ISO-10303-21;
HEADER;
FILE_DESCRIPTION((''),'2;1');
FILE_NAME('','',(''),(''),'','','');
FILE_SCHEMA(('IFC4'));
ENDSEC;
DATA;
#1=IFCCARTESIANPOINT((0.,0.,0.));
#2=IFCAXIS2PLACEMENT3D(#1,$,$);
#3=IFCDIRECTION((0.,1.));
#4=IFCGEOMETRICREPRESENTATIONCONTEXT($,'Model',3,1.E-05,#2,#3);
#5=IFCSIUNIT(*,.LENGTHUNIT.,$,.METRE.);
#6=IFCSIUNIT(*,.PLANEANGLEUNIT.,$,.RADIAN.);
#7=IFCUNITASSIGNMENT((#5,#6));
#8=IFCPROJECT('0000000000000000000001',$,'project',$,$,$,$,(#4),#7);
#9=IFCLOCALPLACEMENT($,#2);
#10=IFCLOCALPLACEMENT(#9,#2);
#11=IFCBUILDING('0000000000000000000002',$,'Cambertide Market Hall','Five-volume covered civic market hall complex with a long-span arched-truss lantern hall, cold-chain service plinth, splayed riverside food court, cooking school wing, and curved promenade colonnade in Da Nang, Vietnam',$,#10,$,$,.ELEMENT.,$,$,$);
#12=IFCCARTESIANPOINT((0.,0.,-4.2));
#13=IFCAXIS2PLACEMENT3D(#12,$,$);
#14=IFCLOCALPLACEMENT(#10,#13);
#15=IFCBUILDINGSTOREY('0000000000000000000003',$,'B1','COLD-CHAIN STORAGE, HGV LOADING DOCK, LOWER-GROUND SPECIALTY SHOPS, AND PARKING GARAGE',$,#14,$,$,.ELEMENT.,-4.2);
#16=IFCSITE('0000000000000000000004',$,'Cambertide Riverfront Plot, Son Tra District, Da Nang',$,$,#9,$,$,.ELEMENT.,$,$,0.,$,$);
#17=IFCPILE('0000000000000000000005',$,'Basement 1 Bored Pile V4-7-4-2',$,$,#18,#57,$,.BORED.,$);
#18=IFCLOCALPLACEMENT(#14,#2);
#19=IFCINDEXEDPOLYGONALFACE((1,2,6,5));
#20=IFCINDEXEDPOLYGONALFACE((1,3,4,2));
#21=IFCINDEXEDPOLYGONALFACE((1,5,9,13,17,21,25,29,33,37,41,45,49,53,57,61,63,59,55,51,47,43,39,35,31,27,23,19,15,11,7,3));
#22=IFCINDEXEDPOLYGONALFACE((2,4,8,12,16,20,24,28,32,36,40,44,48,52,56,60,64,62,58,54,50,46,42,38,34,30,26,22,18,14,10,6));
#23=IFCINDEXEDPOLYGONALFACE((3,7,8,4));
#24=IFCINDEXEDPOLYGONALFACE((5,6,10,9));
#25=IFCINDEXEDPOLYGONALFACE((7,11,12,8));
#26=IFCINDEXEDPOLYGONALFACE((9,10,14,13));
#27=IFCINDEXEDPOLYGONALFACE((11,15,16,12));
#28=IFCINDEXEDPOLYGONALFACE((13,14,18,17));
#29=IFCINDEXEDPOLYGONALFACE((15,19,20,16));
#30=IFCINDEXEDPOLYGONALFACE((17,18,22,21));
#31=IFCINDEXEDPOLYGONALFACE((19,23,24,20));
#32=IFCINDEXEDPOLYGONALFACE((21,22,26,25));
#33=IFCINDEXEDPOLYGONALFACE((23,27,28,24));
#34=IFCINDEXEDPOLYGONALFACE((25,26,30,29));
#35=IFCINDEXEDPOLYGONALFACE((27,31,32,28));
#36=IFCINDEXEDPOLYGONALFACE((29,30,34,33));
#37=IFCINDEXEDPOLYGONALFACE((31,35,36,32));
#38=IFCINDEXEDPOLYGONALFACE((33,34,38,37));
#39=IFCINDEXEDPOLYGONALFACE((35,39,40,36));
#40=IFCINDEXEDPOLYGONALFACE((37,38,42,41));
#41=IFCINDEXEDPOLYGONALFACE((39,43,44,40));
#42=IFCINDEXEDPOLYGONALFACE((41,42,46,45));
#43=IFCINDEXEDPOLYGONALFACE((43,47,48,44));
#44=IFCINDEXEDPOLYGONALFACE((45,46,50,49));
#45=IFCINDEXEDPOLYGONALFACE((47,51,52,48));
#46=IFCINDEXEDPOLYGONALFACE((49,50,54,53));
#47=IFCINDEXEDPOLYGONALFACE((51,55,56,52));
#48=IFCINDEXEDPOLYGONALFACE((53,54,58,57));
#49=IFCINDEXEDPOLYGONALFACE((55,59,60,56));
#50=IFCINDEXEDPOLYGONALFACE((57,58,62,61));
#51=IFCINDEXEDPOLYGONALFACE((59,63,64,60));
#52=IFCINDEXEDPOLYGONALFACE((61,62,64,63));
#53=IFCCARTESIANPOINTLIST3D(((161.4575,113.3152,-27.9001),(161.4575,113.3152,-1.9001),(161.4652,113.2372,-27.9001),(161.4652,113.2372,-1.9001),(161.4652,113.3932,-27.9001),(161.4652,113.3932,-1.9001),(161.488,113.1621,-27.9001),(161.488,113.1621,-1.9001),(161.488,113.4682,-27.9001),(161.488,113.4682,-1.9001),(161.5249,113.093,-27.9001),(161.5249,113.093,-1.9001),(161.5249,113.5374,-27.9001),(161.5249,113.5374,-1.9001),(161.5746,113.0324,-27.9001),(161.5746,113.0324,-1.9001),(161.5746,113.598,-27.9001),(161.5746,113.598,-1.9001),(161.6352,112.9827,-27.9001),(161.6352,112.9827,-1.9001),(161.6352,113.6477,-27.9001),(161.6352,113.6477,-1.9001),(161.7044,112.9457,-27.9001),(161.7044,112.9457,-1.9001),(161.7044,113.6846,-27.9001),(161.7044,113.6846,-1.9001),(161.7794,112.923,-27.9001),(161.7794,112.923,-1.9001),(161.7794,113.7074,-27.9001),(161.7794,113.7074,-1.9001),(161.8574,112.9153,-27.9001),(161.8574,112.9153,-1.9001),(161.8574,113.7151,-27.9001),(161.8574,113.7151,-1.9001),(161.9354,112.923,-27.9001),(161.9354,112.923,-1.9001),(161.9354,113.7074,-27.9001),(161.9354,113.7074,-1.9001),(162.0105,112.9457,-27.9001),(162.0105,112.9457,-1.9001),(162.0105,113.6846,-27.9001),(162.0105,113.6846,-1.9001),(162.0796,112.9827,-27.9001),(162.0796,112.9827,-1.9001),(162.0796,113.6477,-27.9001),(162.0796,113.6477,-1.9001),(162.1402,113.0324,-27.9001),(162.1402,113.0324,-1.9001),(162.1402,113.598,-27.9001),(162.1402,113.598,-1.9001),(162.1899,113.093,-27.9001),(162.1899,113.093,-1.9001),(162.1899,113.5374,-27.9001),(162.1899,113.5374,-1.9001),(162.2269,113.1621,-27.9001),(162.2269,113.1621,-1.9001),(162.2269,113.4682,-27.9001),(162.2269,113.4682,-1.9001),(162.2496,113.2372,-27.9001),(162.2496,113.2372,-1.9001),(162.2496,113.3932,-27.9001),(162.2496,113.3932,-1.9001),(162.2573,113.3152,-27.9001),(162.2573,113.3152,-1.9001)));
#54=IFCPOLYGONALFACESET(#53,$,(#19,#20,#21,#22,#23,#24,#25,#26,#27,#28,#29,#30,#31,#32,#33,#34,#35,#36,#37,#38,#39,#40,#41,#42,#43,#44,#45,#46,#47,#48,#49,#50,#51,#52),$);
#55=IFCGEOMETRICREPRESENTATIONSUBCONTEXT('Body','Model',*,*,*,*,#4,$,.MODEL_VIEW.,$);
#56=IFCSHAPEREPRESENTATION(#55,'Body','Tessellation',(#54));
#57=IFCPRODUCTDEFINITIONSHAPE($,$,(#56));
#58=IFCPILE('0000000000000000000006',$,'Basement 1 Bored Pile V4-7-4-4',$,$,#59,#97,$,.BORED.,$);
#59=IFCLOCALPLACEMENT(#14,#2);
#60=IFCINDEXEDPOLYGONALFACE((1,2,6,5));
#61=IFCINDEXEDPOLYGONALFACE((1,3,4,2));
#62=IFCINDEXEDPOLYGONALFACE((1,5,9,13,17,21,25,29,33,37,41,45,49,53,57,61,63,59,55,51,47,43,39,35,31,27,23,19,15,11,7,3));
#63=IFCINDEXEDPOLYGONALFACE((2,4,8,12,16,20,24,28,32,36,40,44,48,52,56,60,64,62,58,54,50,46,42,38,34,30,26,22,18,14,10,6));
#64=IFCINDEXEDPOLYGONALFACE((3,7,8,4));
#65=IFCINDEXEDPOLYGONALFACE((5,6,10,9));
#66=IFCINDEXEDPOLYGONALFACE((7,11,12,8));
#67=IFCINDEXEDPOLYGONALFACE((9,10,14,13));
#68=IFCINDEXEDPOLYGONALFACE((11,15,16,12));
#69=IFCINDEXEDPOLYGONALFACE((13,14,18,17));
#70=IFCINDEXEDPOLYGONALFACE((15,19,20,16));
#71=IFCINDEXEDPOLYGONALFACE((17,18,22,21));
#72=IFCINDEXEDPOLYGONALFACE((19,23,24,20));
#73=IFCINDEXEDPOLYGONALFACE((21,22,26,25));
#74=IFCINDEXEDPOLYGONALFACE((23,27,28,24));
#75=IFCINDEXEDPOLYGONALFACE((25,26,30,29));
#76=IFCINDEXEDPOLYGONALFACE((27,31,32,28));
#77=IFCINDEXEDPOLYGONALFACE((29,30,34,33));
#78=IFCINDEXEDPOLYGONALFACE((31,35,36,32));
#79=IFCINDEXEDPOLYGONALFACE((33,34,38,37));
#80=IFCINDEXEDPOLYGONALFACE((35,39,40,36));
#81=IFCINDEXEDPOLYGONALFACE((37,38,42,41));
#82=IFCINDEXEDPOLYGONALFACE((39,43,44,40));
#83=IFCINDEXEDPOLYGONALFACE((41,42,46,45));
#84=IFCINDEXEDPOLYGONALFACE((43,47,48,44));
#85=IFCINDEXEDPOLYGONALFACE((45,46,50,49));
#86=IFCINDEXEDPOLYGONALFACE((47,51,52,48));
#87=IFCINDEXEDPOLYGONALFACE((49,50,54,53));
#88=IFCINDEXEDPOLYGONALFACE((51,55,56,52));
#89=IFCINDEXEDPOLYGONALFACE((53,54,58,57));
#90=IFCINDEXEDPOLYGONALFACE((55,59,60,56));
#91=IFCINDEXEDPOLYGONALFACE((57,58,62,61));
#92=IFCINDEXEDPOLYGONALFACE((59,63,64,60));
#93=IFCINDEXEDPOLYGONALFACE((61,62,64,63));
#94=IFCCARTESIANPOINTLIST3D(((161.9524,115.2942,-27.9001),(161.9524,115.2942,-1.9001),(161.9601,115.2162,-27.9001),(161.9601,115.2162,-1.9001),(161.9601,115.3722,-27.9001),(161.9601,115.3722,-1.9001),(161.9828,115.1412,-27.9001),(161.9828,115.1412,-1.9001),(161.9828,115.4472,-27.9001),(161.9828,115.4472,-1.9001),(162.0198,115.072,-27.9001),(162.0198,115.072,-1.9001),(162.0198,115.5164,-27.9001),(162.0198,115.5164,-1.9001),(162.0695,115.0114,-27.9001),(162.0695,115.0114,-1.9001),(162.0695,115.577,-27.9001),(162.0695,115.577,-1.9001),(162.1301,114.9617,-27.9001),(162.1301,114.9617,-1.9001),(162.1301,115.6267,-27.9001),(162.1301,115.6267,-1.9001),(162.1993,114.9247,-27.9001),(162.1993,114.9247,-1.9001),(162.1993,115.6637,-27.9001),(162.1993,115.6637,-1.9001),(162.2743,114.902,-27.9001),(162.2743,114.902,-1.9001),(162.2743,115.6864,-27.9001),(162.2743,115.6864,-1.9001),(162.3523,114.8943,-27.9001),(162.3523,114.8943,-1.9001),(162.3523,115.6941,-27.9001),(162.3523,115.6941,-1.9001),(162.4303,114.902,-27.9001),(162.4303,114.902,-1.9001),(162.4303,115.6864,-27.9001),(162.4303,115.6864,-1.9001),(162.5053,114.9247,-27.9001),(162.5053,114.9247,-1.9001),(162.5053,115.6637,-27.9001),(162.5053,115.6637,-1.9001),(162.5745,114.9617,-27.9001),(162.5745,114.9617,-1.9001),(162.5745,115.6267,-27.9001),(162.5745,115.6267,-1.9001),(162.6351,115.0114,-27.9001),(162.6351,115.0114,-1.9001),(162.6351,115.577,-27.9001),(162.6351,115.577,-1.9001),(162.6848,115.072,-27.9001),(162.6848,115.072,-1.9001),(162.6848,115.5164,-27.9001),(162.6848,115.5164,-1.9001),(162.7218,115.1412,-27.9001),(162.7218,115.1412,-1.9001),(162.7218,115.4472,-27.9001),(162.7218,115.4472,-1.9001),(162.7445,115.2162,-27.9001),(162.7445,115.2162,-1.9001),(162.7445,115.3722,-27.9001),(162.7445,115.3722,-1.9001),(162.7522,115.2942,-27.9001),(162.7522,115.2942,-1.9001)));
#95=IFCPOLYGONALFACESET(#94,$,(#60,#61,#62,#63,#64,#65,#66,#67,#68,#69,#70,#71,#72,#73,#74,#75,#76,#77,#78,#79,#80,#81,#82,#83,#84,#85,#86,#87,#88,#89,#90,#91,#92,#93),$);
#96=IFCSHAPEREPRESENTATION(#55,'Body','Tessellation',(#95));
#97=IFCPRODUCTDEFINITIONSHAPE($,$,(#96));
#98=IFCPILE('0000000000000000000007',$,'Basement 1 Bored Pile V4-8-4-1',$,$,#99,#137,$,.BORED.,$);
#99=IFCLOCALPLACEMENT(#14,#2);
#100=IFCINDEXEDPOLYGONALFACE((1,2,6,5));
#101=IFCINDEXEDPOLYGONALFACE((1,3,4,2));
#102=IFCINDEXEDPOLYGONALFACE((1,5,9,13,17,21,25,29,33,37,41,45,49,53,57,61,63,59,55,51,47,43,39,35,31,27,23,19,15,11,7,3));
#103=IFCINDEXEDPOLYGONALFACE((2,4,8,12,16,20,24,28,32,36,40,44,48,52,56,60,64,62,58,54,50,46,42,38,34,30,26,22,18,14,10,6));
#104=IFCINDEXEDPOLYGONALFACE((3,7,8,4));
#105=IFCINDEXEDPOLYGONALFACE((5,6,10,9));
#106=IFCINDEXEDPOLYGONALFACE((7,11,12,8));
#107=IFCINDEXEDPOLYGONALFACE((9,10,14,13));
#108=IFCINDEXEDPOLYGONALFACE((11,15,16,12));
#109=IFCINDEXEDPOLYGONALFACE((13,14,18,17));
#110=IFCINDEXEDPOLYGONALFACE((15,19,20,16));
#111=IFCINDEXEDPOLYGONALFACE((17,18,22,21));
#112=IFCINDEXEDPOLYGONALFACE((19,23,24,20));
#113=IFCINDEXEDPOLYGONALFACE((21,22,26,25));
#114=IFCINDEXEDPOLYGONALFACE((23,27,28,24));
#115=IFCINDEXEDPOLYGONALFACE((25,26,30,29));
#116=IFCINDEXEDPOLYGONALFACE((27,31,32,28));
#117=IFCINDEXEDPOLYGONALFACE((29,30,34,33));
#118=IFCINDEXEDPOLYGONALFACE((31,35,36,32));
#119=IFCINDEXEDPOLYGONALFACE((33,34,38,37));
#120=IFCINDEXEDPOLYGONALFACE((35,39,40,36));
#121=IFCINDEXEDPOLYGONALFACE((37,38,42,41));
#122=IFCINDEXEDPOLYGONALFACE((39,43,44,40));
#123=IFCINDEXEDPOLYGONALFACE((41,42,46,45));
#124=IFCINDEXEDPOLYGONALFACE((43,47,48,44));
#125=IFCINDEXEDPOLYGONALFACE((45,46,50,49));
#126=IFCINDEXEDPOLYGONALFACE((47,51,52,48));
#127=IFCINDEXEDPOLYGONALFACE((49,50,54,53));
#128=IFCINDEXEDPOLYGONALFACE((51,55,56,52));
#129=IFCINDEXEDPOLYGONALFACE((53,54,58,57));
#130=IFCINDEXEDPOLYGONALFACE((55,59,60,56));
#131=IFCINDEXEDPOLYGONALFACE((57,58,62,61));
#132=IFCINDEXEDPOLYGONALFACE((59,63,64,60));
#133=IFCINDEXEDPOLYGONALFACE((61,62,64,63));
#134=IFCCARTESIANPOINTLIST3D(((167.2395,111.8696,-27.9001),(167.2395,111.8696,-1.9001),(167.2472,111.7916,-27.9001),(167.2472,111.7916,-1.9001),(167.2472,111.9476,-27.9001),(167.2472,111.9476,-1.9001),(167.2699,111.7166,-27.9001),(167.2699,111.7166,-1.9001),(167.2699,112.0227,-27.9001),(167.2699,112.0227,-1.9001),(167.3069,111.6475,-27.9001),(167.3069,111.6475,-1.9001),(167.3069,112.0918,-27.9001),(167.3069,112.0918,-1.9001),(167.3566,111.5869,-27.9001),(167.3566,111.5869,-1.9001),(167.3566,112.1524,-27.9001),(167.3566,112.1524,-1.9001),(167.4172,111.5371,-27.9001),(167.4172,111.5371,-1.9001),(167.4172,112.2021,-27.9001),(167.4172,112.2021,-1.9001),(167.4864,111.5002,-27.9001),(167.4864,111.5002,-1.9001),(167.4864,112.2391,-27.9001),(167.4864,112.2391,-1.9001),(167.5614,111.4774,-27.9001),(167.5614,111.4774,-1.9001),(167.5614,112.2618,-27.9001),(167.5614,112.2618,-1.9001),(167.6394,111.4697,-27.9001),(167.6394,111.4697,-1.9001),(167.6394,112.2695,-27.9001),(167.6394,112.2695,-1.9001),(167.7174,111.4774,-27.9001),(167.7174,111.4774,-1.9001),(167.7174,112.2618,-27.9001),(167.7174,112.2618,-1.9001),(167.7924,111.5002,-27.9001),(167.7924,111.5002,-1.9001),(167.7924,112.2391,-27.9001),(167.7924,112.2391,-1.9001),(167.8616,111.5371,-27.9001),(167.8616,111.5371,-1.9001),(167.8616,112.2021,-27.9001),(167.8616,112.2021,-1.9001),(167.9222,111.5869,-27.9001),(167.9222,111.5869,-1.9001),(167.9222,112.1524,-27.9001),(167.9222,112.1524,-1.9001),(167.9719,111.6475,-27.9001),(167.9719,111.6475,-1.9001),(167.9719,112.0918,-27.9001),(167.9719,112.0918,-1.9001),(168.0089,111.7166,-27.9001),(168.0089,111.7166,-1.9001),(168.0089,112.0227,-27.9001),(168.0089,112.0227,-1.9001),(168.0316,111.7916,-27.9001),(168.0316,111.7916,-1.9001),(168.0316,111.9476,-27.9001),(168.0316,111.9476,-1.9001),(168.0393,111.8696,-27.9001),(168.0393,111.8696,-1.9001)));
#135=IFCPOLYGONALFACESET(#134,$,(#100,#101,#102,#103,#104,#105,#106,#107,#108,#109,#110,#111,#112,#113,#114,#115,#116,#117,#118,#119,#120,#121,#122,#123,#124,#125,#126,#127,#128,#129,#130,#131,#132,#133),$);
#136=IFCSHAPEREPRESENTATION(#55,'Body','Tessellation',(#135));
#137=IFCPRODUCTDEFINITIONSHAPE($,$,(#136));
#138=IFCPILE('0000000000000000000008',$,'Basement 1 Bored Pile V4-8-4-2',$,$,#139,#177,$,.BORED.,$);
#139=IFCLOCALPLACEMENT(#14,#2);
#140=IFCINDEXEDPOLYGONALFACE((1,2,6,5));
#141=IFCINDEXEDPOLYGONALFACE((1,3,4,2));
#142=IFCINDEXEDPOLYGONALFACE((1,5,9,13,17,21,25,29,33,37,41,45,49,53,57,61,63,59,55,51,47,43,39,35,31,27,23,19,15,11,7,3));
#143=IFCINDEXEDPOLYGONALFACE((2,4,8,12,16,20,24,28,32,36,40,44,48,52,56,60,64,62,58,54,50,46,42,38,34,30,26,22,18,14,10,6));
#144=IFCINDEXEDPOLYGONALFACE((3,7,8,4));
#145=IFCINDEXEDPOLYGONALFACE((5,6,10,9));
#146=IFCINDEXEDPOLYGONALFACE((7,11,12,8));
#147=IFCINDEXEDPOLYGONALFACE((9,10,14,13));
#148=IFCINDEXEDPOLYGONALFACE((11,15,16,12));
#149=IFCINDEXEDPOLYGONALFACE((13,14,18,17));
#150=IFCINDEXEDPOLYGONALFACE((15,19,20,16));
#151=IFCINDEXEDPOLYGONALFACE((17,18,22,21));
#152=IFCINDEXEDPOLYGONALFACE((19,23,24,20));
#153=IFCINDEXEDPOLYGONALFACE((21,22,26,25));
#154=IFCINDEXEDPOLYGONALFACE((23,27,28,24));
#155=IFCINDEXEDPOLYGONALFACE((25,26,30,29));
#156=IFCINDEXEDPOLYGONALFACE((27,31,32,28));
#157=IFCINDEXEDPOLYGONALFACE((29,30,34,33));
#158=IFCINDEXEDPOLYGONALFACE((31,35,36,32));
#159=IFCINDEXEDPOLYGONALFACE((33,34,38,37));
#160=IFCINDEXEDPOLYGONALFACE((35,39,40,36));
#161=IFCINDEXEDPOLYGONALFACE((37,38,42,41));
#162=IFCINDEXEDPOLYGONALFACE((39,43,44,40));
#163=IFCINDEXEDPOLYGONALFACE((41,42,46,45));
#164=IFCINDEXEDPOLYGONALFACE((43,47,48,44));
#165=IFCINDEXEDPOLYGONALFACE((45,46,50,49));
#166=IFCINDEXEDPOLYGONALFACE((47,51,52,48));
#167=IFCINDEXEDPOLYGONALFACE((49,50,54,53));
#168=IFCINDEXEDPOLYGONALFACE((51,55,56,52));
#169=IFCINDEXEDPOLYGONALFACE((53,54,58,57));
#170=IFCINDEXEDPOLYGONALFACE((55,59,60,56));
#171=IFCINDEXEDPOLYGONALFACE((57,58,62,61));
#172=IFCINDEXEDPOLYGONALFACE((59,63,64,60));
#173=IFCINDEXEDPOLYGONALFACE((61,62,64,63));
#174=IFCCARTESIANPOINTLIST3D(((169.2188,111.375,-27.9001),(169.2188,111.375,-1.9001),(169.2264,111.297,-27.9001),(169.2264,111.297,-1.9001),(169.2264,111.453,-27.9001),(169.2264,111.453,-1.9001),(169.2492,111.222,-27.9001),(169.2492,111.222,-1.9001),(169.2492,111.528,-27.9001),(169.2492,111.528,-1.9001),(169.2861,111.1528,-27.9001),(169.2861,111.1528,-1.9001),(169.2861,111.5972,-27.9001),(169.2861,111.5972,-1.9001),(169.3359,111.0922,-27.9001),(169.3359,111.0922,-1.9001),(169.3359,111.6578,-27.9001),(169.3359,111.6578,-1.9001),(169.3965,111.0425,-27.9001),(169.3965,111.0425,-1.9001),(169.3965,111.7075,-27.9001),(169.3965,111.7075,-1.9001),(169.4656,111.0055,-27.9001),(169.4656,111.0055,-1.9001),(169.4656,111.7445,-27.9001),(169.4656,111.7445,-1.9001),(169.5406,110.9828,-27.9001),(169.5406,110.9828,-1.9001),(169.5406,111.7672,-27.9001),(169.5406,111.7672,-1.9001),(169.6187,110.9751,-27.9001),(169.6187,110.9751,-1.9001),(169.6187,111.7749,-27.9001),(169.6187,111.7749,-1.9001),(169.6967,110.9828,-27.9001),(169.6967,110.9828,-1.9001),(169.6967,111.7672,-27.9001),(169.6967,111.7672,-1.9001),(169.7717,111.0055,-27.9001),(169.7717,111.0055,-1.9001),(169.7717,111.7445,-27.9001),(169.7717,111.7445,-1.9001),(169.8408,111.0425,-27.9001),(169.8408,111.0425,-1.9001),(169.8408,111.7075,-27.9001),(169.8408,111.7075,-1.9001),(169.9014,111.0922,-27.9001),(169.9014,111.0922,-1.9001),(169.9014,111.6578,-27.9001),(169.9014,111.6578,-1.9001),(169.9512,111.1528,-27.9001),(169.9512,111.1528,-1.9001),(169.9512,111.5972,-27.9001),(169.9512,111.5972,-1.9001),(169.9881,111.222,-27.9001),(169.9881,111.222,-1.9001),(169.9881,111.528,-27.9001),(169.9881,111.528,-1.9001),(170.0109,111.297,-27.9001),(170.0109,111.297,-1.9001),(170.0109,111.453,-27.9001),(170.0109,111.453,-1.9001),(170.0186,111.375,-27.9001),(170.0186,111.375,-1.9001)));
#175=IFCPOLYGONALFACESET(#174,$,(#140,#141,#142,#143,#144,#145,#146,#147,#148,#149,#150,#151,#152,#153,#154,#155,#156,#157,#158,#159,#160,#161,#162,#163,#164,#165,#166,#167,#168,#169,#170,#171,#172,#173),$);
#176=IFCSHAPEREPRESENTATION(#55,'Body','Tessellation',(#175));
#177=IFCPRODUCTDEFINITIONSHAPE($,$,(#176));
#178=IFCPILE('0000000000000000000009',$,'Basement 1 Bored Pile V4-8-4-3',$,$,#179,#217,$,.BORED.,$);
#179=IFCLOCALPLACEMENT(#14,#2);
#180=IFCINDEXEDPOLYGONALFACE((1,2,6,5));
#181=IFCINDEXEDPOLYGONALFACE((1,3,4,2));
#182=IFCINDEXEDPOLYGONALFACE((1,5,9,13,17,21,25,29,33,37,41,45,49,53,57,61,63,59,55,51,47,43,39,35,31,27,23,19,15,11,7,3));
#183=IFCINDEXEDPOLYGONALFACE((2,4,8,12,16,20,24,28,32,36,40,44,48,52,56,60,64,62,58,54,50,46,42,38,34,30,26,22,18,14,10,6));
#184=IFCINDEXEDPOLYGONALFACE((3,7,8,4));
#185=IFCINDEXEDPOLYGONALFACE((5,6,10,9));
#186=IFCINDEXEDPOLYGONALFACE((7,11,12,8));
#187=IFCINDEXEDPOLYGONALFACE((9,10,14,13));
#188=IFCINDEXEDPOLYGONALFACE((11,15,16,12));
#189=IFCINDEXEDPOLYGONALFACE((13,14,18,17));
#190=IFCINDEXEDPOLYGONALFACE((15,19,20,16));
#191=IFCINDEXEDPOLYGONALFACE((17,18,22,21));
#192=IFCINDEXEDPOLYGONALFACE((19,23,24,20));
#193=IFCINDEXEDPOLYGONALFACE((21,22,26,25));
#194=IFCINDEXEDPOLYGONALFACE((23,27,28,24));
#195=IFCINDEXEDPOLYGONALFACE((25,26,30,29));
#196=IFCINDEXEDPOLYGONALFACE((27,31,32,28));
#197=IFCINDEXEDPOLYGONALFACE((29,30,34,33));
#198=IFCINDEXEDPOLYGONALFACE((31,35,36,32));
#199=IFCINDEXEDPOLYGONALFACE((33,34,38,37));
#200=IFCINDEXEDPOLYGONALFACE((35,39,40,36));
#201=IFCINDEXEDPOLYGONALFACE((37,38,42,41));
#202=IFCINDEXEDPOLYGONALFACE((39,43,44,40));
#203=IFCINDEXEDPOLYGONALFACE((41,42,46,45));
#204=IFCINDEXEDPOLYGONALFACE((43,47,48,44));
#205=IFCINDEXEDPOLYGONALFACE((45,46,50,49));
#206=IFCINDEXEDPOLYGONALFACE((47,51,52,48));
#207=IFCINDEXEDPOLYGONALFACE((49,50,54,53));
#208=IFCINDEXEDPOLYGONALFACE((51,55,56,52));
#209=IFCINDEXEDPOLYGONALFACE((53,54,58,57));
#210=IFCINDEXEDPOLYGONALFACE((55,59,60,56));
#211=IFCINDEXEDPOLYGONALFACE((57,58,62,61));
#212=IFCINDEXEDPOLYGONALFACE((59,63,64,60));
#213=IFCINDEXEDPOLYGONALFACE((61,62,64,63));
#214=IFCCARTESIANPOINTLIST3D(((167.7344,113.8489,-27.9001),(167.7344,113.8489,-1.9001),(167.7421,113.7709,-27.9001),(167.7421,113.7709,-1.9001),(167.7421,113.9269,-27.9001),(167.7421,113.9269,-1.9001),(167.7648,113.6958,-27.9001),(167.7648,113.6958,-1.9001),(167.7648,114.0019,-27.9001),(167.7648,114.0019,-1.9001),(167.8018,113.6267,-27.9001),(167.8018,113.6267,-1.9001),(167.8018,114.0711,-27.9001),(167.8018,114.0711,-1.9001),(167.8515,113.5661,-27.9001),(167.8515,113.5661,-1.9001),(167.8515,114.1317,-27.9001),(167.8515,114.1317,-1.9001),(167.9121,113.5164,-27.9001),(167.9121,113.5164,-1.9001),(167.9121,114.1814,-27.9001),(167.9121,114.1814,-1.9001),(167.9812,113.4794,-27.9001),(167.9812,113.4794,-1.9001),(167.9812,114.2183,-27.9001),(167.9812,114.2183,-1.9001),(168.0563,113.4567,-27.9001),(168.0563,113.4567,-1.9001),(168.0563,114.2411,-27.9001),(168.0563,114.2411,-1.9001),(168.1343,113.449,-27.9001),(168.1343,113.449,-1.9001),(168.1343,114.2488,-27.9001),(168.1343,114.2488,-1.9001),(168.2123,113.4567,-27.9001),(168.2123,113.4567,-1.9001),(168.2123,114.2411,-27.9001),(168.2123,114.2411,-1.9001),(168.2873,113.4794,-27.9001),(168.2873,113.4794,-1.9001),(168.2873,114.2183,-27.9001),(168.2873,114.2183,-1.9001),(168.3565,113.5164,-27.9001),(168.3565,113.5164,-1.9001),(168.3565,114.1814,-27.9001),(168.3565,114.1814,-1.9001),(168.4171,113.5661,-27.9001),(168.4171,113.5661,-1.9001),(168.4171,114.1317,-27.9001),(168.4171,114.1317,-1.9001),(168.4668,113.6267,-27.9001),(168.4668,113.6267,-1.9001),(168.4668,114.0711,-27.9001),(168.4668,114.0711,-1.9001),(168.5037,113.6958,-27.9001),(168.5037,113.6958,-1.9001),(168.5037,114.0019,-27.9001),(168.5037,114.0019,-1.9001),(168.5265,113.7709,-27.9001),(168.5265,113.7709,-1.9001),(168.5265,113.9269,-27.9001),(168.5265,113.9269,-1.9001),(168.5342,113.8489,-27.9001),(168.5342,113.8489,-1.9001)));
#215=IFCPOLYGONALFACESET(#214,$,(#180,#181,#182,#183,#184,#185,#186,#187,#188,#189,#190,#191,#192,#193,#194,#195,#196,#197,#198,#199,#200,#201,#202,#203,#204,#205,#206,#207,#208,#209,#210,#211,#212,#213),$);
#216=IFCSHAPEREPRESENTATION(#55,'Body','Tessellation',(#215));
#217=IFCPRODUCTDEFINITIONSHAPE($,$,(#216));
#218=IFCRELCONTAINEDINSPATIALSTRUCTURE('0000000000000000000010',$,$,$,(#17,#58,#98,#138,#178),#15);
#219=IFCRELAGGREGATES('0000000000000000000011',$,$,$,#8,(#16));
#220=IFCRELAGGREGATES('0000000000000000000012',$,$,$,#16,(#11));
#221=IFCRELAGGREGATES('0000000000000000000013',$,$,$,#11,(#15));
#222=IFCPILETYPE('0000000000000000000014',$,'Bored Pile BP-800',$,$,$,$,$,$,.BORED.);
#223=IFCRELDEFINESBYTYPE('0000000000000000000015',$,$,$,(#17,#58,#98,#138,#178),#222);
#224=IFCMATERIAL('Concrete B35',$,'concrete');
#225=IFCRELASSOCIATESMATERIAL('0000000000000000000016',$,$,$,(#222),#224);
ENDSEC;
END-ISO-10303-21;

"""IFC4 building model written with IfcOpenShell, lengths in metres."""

from ifc_helpers import new_model, si_unit, direction, frame, origin, origin_2d, place, context, subcontext, project, spatial, circle, extrude, material, material_profile, profile_set, type_object, element, save


model = new_model("IFC4")

# Units and contexts
model_context = context("Model", 3, precision=1e-05, world=origin(), true_north=direction((0.0, 1.0)))
body_context = subcontext(model_context, "Body", "Model", "MODEL_VIEW")
ifc_project = project(units=[si_unit("LENGTHUNIT", "METRE"), si_unit("PLANEANGLEUNIT", "RADIAN")], contexts=[model_context])

# Site, building, storey
site_placement = place(None, origin())
site = spatial("IfcSite", under=ifc_project, at=site_placement, Name="Cambertide Riverfront Plot, Son Tra District, Da Nang", CompositionType="ELEMENT", RefElevation=0.0)
building_placement = place(site_placement, origin())
building = spatial("IfcBuilding", under=site, at=building_placement, Name="Cambertide Market Hall", Description="Five-volume covered civic market hall complex with a long-span arched-truss lantern hall, cold-chain service plinth, splayed riverside food court, cooking school wing, and curved promenade colonnade in Da Nang, Vietnam", CompositionType="ELEMENT")
storey_placement = place(building_placement, frame((0.0, 0.0, -4.2)))
storey = spatial("IfcBuildingStorey", under=building, at=storey_placement, Name="B1", Description="COLD-CHAIN STORAGE, HGV LOADING DOCK, LOWER-GROUND SPECIALTY SHOPS, AND PARKING GARAGE", CompositionType="ELEMENT", Elevation=-4.2)

# Piles
ifc_material_1 = material(Name="Concrete B35", Category="concrete")
ifc_material_profile_1 = material_profile(ifc_material_1, circle(Radius=0.3999, at=origin_2d()), Name="BP D800")
ifc_profile_set_1 = profile_set([ifc_material_profile_1], Name="Concrete B35")
pile_type = type_object("IfcPileType", Name="Bored Pile BP-800", PredefinedType="BORED", material=ifc_profile_set_1)
for number, where, z_axis, x_axis, name in (
    (1, (161.8574, 113.3152, -1.9001), (0.0, 0.0, -1.0), (1.0, 0.0, 0.0), "Basement 1 Bored Pile V4-7-4-2"),
    (2, (162.3523, 115.2942, -1.9001), (0.0, 0.0, -1.0), (1.0, 0.0, 0.0), "Basement 1 Bored Pile V4-7-4-4"),
    (3, (167.6394, 111.8696, -1.9001), (0.0, 0.0, -1.0), (1.0, 0.0, 0.0), "Basement 1 Bored Pile V4-8-4-1"),
    (4, (169.6187, 111.375, -1.9001), (0.0, 0.0, -1.0), (1.0, 0.0, 0.0), "Basement 1 Bored Pile V4-8-4-2"),
    (5, (168.1343, 113.8489, -1.9001), (0.0, 0.0, -1.0), (1.0, 0.0, 0.0), "Basement 1 Bored Pile V4-8-4-3"),
):
    element("IfcPile", number, at=place(storey_placement, frame(where, z_axis=z_axis, x_axis=x_axis)), inside=storey, type_object=pile_type, Name=name, PredefinedType="BORED", context=body_context, shape_type="SweptSolid", body=[
        extrude(circle(Radius=0.3999, at=origin_2d()), origin(), (0.0, 0.0, 1.0), 26.0),
    ])

save(model, "model.ifc")
